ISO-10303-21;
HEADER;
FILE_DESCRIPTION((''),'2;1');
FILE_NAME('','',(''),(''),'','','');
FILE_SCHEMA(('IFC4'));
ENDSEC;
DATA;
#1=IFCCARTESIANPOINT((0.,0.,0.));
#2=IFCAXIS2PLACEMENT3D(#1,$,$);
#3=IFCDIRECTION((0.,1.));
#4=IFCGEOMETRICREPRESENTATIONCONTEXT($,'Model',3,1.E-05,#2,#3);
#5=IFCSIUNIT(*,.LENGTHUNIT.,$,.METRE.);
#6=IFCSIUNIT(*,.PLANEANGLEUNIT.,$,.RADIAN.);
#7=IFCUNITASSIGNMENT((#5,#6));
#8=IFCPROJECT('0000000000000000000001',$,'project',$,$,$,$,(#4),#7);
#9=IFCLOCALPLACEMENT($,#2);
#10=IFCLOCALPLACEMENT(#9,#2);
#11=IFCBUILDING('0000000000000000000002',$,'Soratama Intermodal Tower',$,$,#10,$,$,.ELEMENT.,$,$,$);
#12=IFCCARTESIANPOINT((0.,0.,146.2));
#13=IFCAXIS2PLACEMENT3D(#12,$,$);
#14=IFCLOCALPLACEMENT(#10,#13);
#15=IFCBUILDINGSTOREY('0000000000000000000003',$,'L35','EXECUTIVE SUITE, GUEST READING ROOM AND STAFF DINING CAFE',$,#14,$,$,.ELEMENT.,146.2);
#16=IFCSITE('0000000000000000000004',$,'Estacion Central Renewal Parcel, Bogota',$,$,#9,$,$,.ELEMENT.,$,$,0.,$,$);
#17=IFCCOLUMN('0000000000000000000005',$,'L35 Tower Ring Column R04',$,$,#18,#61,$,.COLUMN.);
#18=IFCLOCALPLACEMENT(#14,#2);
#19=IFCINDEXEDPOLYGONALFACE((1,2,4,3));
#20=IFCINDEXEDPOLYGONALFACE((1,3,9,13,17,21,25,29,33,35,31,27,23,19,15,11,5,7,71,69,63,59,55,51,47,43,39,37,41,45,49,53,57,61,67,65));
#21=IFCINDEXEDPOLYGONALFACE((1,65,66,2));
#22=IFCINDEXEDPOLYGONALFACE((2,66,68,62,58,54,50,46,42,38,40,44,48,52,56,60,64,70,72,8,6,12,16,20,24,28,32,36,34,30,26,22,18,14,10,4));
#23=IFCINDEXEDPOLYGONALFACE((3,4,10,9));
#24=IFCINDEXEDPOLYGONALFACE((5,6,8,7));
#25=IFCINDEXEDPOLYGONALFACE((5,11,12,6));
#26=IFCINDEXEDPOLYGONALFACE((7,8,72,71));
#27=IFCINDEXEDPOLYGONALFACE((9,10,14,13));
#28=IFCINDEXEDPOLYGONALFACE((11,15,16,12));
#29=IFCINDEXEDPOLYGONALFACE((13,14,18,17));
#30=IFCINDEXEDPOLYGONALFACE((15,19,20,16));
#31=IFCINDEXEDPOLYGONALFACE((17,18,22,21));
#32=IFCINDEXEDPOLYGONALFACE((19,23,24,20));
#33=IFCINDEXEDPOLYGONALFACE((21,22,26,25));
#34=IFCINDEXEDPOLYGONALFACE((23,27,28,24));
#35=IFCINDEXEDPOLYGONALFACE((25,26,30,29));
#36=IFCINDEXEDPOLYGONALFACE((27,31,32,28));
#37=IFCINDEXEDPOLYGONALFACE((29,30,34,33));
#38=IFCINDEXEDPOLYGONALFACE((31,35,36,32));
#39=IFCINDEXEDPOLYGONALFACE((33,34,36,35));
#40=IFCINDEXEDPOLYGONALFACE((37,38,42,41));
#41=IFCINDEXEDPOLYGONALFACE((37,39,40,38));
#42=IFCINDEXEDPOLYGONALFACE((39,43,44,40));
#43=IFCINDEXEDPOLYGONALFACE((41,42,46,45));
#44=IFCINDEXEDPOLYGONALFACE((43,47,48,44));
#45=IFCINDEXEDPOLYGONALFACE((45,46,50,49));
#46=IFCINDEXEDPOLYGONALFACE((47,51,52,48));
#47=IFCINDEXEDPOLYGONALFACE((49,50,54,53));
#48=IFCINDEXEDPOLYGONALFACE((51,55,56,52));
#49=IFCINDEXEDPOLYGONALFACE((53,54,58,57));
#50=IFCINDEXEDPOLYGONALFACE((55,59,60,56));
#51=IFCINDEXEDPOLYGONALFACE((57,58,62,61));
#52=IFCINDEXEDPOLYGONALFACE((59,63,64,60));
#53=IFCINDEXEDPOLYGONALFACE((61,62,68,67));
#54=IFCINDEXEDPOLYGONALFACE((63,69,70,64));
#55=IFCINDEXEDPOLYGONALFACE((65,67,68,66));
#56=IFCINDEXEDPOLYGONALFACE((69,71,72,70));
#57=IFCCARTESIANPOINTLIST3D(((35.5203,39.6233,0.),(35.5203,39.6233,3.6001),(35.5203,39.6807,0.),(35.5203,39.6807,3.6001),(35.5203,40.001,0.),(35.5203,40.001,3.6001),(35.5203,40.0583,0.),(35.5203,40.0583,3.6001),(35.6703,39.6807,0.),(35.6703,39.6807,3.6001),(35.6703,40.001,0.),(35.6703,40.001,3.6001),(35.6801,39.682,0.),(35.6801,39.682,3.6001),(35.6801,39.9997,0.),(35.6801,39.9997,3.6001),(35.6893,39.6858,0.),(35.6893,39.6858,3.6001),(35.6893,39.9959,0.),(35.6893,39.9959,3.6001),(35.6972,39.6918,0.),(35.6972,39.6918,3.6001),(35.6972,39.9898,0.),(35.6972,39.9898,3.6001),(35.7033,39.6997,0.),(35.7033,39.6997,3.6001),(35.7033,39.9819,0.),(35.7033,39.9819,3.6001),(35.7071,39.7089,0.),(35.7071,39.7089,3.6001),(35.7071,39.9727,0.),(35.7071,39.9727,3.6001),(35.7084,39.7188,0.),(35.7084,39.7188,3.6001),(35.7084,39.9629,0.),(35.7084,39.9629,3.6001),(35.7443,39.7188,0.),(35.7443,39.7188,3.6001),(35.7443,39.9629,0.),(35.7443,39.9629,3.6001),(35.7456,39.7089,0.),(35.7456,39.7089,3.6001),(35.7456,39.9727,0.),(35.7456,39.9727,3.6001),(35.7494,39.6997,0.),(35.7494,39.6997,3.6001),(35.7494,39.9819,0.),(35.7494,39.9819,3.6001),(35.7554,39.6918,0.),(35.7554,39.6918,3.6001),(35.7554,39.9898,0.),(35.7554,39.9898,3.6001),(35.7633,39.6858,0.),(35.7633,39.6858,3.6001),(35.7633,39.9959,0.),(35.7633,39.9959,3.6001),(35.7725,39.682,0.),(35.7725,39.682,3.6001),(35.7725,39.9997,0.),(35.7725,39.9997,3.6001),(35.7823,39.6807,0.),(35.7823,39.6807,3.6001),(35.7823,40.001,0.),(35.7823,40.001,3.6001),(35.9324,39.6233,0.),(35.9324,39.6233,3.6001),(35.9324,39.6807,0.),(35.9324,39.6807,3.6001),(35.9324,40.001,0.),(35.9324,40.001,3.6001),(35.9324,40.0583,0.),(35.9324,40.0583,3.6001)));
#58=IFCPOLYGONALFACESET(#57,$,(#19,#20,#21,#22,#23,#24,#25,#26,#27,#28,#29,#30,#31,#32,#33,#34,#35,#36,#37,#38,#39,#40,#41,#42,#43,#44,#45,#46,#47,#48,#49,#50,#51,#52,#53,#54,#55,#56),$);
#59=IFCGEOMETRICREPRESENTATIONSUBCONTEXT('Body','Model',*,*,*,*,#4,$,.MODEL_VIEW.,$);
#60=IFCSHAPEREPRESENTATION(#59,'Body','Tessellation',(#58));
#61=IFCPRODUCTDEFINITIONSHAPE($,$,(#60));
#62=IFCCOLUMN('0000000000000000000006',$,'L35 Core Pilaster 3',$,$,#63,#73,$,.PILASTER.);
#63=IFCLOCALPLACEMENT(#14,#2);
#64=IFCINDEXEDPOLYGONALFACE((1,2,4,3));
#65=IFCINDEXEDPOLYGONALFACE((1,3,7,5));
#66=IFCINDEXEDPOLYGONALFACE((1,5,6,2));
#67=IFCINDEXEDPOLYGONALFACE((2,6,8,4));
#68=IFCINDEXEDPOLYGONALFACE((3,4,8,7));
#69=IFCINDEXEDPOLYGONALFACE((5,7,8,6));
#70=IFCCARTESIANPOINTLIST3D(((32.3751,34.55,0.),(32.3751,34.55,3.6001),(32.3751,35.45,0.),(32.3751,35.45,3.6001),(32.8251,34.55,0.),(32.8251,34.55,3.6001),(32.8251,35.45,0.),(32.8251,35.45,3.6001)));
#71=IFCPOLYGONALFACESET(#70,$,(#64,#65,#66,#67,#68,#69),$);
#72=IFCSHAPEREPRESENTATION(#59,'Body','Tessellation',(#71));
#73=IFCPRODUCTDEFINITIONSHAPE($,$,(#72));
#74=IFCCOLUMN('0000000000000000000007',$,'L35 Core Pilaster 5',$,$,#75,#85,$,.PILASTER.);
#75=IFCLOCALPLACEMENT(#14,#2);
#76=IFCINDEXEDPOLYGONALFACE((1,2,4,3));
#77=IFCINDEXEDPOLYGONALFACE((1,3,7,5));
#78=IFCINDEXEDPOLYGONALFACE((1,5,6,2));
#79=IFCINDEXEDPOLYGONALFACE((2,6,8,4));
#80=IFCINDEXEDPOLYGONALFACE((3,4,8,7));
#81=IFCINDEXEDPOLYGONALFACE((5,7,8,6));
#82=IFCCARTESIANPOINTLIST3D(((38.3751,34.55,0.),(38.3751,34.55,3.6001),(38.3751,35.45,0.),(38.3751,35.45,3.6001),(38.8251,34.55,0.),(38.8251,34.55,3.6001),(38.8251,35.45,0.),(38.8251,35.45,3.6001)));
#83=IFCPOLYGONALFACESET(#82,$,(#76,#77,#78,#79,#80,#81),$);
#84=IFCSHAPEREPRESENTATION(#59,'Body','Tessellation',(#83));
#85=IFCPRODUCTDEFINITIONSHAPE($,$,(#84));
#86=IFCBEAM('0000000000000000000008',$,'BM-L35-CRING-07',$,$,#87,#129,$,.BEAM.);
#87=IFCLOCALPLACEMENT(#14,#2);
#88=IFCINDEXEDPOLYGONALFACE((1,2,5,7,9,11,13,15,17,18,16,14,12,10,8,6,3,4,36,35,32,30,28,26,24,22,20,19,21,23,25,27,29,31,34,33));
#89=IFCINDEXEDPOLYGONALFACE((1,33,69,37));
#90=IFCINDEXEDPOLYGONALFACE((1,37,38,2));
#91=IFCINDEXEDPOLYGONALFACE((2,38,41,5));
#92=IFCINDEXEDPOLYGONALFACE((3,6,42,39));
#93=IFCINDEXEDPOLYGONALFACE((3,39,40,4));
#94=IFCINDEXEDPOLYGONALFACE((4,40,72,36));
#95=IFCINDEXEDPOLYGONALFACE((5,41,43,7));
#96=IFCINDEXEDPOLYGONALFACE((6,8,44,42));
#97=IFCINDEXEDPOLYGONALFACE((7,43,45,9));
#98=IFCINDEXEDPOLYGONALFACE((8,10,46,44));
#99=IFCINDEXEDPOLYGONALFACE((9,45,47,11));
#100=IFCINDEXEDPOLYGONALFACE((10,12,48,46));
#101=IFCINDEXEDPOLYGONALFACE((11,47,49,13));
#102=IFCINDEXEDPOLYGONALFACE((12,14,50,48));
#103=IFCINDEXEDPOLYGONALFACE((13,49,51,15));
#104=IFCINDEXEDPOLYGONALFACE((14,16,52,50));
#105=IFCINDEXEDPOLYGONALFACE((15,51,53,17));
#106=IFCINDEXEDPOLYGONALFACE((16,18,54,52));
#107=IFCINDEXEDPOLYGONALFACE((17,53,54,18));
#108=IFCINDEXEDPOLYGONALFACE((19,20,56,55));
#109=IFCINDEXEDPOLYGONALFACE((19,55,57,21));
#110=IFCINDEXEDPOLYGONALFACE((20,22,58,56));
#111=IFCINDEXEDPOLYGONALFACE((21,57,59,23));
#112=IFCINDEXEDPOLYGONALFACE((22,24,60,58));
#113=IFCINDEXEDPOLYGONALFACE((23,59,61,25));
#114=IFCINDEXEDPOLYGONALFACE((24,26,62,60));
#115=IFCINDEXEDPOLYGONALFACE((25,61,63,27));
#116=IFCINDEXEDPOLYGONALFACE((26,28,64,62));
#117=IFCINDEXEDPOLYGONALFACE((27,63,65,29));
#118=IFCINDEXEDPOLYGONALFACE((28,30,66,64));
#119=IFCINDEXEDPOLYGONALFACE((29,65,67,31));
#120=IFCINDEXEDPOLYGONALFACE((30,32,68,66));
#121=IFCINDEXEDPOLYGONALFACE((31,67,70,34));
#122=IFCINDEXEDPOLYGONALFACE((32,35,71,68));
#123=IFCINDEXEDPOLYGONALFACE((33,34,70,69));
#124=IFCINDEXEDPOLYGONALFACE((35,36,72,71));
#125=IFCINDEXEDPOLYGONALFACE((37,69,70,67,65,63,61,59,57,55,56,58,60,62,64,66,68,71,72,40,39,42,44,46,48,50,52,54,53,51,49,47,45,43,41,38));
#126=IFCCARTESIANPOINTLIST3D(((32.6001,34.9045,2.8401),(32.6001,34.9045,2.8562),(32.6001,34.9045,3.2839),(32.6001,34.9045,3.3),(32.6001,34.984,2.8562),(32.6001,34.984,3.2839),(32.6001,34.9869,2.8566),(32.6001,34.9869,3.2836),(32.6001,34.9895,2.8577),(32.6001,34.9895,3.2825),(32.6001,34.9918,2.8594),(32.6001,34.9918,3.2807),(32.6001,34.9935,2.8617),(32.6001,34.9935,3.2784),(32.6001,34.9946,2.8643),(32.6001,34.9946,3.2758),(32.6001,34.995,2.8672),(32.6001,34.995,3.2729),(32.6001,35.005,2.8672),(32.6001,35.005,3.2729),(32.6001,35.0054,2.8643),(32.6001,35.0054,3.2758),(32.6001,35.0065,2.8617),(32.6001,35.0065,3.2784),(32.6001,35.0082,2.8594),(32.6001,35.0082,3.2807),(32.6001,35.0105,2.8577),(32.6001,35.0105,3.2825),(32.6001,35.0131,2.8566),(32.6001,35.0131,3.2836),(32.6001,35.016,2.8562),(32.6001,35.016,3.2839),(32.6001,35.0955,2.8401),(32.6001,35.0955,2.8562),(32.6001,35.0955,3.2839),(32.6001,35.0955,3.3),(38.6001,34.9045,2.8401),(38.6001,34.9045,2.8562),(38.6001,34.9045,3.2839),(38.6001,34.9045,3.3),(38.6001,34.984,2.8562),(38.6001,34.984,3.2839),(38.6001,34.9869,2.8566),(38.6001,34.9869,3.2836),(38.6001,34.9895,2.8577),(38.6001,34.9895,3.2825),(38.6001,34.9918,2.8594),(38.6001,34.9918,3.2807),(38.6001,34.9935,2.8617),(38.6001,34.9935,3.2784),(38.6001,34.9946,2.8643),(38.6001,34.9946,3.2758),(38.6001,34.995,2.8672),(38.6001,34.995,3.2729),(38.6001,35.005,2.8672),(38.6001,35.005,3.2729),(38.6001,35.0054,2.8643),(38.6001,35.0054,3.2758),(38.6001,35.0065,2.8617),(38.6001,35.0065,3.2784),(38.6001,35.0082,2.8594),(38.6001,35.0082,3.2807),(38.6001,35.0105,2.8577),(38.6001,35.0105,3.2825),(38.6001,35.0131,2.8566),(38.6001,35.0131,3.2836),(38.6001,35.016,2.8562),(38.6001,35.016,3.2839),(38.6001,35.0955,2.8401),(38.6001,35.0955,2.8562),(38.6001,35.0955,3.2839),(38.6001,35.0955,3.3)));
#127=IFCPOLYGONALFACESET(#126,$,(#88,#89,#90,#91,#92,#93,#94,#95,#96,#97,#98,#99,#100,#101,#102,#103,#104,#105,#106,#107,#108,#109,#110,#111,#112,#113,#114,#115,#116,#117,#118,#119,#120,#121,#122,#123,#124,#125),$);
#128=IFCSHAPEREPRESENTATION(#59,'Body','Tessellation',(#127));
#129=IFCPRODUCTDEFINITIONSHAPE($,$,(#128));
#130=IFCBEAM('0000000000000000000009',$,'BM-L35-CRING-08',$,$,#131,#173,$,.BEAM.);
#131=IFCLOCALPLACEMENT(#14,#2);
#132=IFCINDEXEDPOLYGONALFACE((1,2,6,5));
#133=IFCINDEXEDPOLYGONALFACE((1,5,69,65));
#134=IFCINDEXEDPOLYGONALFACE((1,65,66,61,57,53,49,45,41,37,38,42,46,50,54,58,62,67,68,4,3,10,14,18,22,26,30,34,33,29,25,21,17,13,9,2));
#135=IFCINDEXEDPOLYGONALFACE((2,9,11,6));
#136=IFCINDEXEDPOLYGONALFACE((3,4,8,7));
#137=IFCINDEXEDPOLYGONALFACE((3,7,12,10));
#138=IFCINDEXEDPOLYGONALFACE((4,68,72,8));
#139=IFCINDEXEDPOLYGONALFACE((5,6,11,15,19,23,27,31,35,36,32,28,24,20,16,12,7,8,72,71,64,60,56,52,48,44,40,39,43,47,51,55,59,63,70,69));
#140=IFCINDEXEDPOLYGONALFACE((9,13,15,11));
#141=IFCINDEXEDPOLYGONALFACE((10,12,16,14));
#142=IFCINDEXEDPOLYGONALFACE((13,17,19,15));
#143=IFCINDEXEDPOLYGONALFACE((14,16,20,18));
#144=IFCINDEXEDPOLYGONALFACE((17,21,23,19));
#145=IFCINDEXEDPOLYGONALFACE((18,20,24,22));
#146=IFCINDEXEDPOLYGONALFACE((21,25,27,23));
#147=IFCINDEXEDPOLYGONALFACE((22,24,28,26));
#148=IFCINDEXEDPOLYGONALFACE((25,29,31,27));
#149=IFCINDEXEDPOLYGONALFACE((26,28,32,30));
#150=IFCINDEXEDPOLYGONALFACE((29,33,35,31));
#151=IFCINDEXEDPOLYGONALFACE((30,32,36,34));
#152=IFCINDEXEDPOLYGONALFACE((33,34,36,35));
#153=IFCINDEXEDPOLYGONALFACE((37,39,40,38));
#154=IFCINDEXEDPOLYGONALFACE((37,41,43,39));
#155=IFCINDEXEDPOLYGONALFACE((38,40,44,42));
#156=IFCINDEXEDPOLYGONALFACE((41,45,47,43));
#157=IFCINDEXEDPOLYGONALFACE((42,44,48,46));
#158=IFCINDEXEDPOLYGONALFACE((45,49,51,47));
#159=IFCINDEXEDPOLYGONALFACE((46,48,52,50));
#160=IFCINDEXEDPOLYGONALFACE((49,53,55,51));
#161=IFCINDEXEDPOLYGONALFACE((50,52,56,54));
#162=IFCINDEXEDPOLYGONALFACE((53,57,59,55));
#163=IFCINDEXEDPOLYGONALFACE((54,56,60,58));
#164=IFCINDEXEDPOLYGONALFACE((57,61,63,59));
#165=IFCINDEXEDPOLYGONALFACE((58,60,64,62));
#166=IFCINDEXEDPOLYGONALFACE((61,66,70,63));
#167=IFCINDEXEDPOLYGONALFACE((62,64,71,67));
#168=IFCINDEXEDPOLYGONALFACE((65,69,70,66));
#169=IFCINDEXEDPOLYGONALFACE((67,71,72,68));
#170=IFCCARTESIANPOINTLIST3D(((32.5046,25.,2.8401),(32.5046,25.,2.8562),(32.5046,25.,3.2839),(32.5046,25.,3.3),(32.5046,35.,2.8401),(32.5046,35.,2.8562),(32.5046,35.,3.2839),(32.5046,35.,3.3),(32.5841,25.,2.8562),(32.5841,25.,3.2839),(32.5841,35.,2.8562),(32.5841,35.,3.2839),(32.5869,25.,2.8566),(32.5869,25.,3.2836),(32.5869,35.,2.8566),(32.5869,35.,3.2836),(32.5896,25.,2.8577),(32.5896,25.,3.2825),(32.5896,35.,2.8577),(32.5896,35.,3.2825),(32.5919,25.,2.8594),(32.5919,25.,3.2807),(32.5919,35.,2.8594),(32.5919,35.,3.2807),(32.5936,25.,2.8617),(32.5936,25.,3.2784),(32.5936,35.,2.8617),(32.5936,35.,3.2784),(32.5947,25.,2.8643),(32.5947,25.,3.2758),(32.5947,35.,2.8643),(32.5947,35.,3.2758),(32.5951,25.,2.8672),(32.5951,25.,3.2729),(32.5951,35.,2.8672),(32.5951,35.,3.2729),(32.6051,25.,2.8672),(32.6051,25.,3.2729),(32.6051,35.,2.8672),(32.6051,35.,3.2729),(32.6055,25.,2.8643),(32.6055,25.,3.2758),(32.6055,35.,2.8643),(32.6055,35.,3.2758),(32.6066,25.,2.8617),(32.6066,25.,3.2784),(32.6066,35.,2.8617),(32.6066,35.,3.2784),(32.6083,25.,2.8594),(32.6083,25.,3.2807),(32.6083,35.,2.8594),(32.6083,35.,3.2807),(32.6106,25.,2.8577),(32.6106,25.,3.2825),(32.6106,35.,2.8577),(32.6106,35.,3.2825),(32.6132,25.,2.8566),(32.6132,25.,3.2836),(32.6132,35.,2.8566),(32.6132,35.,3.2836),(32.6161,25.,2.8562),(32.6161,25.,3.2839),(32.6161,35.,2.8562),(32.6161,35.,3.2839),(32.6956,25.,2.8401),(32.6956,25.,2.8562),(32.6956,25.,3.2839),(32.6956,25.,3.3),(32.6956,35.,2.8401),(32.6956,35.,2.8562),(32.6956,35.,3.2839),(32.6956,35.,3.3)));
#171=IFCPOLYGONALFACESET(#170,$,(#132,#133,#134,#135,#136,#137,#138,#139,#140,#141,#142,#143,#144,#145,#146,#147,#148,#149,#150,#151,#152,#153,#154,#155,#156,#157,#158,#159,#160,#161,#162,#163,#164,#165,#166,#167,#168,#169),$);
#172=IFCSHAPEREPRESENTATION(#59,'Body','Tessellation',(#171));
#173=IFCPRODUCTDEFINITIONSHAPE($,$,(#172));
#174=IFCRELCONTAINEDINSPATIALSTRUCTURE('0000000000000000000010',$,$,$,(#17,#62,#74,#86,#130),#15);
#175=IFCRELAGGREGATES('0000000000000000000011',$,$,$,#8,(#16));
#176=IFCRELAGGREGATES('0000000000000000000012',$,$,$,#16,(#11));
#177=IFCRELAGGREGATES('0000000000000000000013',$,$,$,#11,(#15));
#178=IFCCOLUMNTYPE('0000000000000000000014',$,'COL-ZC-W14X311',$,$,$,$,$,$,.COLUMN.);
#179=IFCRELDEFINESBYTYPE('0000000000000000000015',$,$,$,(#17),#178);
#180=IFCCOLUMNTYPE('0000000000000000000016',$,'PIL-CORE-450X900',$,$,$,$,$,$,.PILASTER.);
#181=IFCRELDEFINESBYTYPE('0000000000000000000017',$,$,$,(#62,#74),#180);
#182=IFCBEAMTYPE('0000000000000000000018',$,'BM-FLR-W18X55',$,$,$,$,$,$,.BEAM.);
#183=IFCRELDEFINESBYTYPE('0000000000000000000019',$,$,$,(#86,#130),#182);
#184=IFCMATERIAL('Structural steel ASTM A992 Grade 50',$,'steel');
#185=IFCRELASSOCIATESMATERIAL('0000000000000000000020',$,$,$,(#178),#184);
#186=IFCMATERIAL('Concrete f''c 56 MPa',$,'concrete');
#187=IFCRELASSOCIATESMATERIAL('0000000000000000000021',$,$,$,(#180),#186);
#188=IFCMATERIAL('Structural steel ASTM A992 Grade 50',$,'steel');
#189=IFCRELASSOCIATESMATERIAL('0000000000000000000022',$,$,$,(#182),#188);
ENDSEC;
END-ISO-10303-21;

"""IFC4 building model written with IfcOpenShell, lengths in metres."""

from ifc_helpers import new_model, si_unit, direction, frame, origin, origin_2d, place, context, subcontext, project, spatial, rectangle, i_section, extrude, material, material_profile, profile_set, type_object, element, save


model = new_model("IFC4")

# Units and contexts
model_context = context("Model", 3, precision=1e-05, world=origin(), true_north=direction((0.0, 1.0)))
body_context = subcontext(model_context, "Body", "Model", "MODEL_VIEW")
ifc_project = project(units=[si_unit("LENGTHUNIT", "METRE"), si_unit("PLANEANGLEUNIT", "RADIAN")], contexts=[model_context])

# Site, building, storey
site_placement = place(None, origin())
site = spatial("IfcSite", under=ifc_project, at=site_placement, Name="Estacion Central Renewal Parcel, Bogota", CompositionType="ELEMENT", RefElevation=0.0)
building_placement = place(site_placement, origin())
building = spatial("IfcBuilding", under=site, at=building_placement, Name="Soratama Intermodal Tower", CompositionType="ELEMENT")
storey_placement = place(building_placement, frame((0.0, 0.0, 146.2)))
storey = spatial("IfcBuildingStorey", under=building, at=storey_placement, Name="L35", Description="EXECUTIVE SUITE, GUEST READING ROOM AND STAFF DINING CAFE", CompositionType="ELEMENT", Elevation=146.2)

# Columns
ifc_material_1 = material(Name="Structural steel ASTM A992 Grade 50", Category="steel")
ifc_material_profile_1 = material_profile(ifc_material_1, i_section(OverallWidth=0.4121, OverallDepth=0.4351, WebThickness=0.0359, FlangeThickness=0.0574, FilletRadius=0.0381, at=origin_2d()), Name="W14X311")
ifc_profile_set_1 = profile_set([ifc_material_profile_1], Name="Structural steel ASTM A992 Grade 50")
column_type_1 = type_object("IfcColumnType", Name="COL-ZC-W14X311", PredefinedType="COLUMN", material=ifc_profile_set_1)
column_placement = place(storey_placement, frame((35.7263, 39.8408, 0.0), z_axis=(0.0, 0.0, 1.0), x_axis=(1.0, 0.0, 0.0)))
element("IfcColumn", 1, at=column_placement, inside=storey, type_object=column_type_1, Name="L35 Tower Ring Column R04", PredefinedType="COLUMN", context=body_context, shape_type="SweptSolid", body=[
    extrude(i_section(OverallWidth=0.4121, OverallDepth=0.4351, WebThickness=0.0359, FlangeThickness=0.0574, FilletRadius=0.0381, at=origin_2d()), origin(), (0.0, 0.0, 1.0), 3.6001),
])
ifc_material_2 = material(Name="Concrete f'c 56 MPa", Category="concrete")
ifc_material_profile_2 = material_profile(ifc_material_2, rectangle(XDim=0.45, YDim=0.8999, at=origin_2d()), Name="RC450X900")
ifc_profile_set_2 = profile_set([ifc_material_profile_2], Name="Concrete f'c 56 MPa")
column_type_2 = type_object("IfcColumnType", Name="PIL-CORE-450X900", PredefinedType="PILASTER", material=ifc_profile_set_2)
for number, where, z_axis, x_axis, name in (
    (2, (32.6001, 35.0, 0.0), (0.0, 0.0, 1.0), (1.0, 0.0, 0.0), "L35 Core Pilaster 3"),
    (3, (38.6001, 35.0, 0.0), (0.0, 0.0, 1.0), (1.0, 0.0, 0.0), "L35 Core Pilaster 5"),
):
    element("IfcColumn", number, at=place(storey_placement, frame(where, z_axis=z_axis, x_axis=x_axis)), inside=storey, type_object=column_type_2, Name=name, PredefinedType="PILASTER", context=body_context, shape_type="SweptSolid", body=[
        extrude(rectangle(XDim=0.45, YDim=0.8999, at=origin_2d()), origin(), (0.0, 0.0, 1.0), 3.6001),
    ])

# Beams
ifc_material_3 = material(Name="Structural steel ASTM A992 Grade 50", Category="steel")
ifc_material_profile_3 = material_profile(ifc_material_3, i_section(OverallWidth=0.1909, OverallDepth=0.46, WebThickness=0.01, FlangeThickness=0.0161, FilletRadius=0.011, at=origin_2d()), Name="W18X55")
ifc_profile_set_3 = profile_set([ifc_material_profile_3], Name="Structural steel ASTM A992 Grade 50")
beam_type_1 = type_object("IfcBeamType", Name="BM-FLR-W18X55", PredefinedType="BEAM", material=ifc_profile_set_3)
beam_1_placement = place(storey_placement, frame((38.6001, 35.0, 3.0701), z_axis=(-1.0, 0.0, 0.0), x_axis=(0.0, -1.0, 0.0)))
element("IfcBeam", 4, at=beam_1_placement, inside=storey, type_object=beam_type_1, Name="BM-L35-CRING-07", PredefinedType="BEAM", context=body_context, shape_type="SweptSolid", body=[
    extrude(i_section(OverallWidth=0.1909, OverallDepth=0.46, WebThickness=0.01, FlangeThickness=0.0161, FilletRadius=0.011, at=origin_2d()), origin(), (0.0, 0.0, 1.0), 6.0),
])
beam_2_placement = place(storey_placement, frame((32.6001, 35.0, 3.0701), z_axis=(0.0, -1.0, 0.0), x_axis=(1.0, 0.0, 0.0)))
element("IfcBeam", 5, at=beam_2_placement, inside=storey, type_object=beam_type_1, Name="BM-L35-CRING-08", PredefinedType="BEAM", context=body_context, shape_type="SweptSolid", body=[
    extrude(i_section(OverallWidth=0.1909, OverallDepth=0.46, WebThickness=0.01, FlangeThickness=0.0161, FilletRadius=0.011, at=origin_2d()), origin(), (0.0, 0.0, 1.0), 10.0),
])

save(model, "model.ifc")
